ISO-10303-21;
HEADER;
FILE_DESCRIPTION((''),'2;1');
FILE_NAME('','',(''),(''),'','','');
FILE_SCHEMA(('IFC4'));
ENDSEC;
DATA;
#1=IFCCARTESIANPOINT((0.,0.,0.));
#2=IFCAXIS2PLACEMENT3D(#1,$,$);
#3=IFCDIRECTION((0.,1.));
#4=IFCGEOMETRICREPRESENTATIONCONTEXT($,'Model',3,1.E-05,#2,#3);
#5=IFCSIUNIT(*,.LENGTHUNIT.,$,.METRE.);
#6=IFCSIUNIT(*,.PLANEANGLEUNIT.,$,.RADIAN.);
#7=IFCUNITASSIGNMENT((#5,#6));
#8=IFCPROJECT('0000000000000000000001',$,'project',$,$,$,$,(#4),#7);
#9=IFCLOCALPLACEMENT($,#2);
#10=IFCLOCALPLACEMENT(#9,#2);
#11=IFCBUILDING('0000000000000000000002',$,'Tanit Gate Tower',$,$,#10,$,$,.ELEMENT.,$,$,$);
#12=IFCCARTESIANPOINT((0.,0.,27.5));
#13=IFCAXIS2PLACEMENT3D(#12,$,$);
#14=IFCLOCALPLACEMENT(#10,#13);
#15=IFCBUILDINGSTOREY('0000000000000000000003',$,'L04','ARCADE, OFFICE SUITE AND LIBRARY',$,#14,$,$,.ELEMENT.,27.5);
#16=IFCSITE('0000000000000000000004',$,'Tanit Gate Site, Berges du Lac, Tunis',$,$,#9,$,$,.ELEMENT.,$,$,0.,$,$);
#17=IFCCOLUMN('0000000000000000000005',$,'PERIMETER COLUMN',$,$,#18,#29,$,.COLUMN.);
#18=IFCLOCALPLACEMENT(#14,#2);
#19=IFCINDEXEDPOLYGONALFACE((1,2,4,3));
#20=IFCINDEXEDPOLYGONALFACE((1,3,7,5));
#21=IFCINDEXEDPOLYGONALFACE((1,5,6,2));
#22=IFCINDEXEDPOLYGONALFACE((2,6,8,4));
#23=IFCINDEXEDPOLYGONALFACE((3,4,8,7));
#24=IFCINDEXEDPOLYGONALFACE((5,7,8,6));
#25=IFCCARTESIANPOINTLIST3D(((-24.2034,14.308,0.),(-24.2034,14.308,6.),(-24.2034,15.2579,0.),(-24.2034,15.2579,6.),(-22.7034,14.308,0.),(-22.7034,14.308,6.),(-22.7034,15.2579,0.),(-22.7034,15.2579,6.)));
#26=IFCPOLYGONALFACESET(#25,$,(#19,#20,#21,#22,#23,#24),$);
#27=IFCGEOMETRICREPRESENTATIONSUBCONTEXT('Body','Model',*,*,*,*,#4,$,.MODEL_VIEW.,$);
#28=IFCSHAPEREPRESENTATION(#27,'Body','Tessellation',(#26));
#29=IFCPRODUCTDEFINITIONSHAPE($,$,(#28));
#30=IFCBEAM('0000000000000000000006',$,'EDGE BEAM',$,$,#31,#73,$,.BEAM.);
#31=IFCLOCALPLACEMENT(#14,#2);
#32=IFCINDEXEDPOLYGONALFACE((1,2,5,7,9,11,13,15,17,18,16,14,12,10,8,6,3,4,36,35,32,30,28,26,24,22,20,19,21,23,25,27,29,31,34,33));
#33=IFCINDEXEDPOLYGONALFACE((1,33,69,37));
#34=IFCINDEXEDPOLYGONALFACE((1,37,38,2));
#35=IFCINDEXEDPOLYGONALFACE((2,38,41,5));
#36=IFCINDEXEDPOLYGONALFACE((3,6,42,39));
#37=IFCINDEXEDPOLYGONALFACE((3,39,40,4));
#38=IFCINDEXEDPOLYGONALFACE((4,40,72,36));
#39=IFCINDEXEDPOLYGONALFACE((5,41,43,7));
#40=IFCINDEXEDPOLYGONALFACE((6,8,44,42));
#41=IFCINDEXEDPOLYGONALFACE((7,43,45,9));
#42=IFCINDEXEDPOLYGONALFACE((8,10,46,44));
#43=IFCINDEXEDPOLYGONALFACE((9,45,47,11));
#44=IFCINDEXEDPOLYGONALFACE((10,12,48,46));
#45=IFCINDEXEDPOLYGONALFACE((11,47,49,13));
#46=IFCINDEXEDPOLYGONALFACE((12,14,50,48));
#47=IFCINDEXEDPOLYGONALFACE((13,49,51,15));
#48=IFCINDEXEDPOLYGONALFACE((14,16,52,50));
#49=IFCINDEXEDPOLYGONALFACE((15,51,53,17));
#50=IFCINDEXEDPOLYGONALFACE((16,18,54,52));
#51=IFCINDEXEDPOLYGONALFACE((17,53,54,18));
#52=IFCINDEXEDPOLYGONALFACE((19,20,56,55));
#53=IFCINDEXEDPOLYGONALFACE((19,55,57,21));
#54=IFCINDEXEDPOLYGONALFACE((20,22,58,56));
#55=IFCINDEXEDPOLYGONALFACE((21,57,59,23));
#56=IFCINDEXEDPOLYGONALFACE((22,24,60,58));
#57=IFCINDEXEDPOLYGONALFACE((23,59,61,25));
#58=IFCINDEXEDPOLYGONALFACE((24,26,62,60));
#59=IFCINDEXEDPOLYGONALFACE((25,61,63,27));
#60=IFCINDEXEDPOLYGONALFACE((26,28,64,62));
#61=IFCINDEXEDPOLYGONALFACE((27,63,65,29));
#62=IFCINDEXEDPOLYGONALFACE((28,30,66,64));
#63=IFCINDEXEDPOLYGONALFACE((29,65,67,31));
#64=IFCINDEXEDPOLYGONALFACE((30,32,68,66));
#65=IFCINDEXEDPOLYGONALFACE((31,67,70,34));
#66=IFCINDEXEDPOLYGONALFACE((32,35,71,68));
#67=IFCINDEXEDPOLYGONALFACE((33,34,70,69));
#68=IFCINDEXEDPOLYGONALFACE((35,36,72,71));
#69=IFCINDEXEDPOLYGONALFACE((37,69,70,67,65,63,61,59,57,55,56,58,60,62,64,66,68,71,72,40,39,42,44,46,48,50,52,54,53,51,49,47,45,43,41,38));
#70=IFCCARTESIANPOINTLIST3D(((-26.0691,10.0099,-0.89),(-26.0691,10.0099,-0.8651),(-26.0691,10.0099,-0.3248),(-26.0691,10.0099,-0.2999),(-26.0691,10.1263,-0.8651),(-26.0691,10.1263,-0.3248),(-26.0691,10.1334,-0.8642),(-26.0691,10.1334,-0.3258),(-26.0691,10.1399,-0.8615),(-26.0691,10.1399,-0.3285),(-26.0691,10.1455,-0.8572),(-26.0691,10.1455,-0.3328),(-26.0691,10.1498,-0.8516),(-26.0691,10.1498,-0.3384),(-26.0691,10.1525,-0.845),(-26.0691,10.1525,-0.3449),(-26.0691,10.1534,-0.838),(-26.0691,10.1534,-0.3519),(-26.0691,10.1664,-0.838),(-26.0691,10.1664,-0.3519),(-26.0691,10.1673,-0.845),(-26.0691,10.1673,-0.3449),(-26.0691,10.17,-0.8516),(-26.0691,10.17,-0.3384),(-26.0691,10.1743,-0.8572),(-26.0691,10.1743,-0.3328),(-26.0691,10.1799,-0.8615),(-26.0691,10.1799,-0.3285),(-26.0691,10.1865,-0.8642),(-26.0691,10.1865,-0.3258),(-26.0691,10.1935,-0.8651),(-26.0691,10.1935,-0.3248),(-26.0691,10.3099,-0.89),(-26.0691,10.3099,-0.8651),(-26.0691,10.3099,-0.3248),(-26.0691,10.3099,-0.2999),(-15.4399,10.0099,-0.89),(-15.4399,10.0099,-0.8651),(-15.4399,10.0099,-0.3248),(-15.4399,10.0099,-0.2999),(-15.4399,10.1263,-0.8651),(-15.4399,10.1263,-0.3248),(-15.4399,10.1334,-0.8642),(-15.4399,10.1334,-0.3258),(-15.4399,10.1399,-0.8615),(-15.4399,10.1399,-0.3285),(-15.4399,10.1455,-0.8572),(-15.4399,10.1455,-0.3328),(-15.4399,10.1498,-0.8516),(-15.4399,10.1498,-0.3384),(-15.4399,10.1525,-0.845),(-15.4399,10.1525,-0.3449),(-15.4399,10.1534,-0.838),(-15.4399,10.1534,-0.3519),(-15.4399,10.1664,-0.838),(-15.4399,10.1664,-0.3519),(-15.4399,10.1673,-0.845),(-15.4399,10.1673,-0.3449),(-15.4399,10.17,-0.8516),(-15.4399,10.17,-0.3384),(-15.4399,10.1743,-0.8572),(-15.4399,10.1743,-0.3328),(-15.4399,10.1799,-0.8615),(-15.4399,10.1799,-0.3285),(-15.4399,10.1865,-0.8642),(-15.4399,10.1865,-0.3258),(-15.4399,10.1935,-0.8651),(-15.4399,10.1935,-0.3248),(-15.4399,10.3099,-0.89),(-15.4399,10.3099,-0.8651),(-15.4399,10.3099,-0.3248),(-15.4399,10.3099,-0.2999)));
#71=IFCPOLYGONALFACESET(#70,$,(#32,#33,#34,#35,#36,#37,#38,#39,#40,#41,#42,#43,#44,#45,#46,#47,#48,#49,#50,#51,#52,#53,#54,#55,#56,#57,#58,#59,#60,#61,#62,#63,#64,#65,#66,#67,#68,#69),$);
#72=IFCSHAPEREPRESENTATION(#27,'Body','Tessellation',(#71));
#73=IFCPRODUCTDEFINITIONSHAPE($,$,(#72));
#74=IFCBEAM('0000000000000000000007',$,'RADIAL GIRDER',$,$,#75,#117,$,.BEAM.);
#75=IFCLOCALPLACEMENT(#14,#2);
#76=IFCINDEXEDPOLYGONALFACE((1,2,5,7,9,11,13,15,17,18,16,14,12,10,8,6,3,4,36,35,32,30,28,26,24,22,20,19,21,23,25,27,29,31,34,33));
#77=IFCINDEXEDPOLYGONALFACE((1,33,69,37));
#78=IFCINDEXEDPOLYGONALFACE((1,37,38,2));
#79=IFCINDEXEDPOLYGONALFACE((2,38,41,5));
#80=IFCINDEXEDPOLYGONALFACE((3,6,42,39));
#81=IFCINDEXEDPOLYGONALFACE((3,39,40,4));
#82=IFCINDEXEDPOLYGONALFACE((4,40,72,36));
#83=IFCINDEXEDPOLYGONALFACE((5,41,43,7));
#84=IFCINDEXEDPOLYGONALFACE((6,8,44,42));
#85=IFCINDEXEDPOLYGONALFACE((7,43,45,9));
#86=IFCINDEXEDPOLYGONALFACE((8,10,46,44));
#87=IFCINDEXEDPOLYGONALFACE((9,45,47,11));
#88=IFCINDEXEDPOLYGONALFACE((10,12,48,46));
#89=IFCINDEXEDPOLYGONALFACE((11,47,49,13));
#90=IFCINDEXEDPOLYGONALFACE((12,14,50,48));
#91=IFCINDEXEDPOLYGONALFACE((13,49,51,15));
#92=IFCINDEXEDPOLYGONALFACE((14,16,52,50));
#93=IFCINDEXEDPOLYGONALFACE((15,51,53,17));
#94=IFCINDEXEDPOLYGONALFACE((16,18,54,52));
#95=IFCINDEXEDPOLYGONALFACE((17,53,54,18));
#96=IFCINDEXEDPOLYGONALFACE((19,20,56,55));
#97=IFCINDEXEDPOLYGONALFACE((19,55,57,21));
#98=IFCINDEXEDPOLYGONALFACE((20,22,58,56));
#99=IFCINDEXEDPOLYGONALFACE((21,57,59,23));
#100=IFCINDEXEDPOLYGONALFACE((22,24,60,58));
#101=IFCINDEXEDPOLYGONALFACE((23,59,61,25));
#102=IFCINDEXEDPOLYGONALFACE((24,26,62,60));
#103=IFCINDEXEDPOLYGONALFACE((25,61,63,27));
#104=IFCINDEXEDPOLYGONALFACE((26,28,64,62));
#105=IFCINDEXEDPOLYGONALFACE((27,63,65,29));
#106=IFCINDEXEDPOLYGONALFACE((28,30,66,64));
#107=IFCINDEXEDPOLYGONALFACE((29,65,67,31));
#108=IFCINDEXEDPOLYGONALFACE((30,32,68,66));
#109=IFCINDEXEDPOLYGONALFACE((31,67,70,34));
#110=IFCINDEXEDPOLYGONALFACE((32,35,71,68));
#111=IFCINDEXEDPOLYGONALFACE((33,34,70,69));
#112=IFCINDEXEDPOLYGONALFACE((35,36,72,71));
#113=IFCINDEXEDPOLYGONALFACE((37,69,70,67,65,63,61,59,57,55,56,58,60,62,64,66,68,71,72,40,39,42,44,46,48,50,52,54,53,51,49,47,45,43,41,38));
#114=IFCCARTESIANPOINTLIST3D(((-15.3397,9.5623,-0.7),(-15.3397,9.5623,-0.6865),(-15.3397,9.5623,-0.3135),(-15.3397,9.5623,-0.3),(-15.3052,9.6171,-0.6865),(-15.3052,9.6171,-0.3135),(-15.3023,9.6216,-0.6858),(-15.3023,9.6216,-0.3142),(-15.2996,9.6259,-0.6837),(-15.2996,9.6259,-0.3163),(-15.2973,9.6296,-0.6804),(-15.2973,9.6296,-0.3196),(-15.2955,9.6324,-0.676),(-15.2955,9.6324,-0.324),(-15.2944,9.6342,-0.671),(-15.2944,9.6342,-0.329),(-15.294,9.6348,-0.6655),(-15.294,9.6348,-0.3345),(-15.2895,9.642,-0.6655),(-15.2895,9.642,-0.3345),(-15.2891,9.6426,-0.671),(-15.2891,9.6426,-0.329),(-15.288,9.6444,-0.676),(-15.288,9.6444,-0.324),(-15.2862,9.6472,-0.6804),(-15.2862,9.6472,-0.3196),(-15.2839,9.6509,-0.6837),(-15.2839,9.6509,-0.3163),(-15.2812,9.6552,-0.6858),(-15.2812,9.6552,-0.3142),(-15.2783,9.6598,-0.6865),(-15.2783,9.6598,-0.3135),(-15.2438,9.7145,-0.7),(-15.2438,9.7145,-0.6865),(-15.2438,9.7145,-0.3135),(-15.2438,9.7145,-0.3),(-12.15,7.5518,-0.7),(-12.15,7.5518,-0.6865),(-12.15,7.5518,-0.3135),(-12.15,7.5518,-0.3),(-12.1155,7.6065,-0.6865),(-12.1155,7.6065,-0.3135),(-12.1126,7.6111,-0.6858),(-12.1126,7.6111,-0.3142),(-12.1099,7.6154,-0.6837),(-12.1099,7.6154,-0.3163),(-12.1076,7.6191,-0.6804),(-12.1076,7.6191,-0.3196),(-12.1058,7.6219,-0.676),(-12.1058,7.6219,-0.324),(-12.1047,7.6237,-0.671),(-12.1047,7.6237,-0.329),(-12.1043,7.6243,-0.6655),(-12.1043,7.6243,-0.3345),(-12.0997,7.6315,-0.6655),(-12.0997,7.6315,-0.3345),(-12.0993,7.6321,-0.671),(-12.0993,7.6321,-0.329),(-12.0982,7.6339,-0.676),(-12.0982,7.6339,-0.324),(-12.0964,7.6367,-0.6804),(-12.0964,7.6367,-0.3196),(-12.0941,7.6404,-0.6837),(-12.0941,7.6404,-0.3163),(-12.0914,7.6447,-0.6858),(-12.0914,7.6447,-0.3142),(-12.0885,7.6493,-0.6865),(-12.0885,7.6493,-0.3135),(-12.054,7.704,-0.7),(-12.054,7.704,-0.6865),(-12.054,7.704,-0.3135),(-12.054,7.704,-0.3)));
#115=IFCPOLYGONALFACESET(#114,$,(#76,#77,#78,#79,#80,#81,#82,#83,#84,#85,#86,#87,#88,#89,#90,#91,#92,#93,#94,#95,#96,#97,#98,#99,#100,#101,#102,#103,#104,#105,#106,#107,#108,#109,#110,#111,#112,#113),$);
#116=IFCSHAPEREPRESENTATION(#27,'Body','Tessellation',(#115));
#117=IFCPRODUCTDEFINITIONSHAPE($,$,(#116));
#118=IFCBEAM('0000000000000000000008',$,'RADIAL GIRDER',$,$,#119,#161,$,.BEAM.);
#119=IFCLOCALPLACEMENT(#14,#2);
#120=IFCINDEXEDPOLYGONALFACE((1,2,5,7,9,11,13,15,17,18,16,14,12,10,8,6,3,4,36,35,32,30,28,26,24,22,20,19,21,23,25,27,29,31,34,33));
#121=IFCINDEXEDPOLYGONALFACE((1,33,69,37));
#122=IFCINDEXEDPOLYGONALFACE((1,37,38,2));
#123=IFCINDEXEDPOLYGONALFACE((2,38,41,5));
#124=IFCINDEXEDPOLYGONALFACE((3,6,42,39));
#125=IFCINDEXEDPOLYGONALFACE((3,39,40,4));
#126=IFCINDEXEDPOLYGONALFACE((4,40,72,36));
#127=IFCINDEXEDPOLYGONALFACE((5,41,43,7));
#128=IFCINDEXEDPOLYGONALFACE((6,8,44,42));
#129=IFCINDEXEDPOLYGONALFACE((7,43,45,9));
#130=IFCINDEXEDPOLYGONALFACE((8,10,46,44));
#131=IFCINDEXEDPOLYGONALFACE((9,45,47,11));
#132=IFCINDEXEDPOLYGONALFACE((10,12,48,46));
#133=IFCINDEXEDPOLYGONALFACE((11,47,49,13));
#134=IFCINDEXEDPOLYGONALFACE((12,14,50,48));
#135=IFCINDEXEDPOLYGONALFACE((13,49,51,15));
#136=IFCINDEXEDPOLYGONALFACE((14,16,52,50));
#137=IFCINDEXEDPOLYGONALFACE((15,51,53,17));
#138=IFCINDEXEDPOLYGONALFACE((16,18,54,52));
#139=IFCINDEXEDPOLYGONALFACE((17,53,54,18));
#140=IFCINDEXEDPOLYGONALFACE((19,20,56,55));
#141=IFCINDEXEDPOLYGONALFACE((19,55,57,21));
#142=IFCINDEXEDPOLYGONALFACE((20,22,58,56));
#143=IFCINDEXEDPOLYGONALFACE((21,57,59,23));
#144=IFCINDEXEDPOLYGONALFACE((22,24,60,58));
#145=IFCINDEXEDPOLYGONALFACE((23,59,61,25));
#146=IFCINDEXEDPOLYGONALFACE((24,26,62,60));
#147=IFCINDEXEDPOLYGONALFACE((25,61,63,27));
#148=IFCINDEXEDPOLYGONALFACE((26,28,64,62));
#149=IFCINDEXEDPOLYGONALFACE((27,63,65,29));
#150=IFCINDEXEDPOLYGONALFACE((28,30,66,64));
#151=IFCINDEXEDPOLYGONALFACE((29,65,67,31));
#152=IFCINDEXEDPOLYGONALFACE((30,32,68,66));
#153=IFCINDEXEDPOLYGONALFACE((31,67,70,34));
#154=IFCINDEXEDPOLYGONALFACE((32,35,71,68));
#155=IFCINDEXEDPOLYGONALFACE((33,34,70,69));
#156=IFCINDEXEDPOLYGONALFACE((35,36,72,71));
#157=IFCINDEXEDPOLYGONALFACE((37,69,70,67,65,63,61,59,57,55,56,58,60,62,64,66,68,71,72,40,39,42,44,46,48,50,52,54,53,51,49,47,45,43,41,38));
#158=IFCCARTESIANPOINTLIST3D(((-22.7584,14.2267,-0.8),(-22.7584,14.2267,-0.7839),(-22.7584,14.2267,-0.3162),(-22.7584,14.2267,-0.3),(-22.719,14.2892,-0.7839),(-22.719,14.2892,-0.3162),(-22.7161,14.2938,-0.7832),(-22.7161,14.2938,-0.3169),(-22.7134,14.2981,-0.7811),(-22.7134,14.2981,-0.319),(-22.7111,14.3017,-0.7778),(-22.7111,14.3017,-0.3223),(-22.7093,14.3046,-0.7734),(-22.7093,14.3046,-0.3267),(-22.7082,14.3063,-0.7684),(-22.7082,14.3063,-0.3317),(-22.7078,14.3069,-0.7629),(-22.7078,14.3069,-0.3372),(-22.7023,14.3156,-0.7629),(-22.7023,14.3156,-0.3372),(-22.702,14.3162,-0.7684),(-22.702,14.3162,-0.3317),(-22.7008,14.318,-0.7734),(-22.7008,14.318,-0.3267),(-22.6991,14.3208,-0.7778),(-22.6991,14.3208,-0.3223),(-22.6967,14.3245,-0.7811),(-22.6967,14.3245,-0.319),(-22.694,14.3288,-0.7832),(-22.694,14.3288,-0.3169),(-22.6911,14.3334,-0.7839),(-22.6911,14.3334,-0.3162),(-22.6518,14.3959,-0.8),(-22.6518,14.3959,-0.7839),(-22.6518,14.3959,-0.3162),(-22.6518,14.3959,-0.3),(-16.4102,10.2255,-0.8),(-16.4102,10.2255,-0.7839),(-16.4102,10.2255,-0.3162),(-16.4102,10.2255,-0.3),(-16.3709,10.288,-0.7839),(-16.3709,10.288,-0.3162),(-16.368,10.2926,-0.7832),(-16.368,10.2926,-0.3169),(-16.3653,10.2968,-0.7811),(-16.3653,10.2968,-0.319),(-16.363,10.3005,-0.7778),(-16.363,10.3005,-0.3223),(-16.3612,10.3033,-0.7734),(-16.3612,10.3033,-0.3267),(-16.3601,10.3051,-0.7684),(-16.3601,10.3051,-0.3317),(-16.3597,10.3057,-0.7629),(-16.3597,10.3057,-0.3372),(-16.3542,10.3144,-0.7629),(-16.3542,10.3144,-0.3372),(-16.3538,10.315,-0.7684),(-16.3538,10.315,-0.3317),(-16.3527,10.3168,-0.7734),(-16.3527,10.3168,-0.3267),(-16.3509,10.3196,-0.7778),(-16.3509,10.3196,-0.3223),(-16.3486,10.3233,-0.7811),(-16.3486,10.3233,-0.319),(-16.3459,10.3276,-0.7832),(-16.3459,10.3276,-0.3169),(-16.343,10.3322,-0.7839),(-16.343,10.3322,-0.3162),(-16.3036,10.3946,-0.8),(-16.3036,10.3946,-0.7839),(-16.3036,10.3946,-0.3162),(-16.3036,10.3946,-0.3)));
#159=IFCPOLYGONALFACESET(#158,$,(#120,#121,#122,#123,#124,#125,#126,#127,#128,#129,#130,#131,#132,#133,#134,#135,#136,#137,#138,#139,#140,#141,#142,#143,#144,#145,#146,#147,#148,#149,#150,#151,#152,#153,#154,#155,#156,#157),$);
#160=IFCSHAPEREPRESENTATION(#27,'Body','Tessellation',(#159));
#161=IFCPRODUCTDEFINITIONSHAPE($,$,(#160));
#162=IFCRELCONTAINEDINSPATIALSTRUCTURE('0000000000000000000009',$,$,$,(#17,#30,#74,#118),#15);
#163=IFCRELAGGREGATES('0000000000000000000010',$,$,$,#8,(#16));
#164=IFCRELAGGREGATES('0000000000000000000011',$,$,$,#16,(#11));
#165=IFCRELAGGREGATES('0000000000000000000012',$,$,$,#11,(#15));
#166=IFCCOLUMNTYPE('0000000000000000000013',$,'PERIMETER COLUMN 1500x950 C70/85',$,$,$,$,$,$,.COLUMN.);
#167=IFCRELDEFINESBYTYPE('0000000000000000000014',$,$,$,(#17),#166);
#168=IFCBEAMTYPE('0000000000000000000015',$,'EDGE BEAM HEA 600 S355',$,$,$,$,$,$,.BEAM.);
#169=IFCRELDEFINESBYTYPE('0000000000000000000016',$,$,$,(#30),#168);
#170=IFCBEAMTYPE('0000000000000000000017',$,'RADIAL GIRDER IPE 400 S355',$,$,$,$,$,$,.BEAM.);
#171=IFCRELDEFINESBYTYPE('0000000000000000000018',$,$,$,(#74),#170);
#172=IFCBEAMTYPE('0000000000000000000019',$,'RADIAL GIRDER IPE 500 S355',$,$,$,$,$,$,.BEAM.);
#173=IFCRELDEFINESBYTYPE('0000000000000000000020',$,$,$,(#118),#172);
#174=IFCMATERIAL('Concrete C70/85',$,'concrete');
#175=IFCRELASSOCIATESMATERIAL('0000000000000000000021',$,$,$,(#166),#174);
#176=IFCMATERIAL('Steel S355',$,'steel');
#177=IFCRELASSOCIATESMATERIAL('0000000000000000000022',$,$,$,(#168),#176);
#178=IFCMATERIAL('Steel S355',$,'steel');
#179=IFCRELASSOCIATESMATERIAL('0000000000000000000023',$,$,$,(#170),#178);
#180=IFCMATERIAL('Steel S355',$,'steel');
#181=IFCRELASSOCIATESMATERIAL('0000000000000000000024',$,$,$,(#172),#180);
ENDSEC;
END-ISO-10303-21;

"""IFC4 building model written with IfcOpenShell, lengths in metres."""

from ifc_helpers import new_model, si_unit, direction, frame, origin, origin_2d, place, context, subcontext, project, spatial, rectangle, i_section, extrude, material, material_profile, profile_set, type_object, element, save


model = new_model("IFC4")

# Units and contexts
model_context = context("Model", 3, precision=1e-05, world=origin(), true_north=direction((0.0, 1.0)))
body_context = subcontext(model_context, "Body", "Model", "MODEL_VIEW")
ifc_project = project(units=[si_unit("LENGTHUNIT", "METRE"), si_unit("PLANEANGLEUNIT", "RADIAN")], contexts=[model_context])

# Site, building, storey
site_placement = place(None, origin())
site = spatial("IfcSite", under=ifc_project, at=site_placement, Name="Tanit Gate Site, Berges du Lac, Tunis", CompositionType="ELEMENT", RefElevation=0.0)
building_placement = place(site_placement, origin())
building = spatial("IfcBuilding", under=site, at=building_placement, Name="Tanit Gate Tower", CompositionType="ELEMENT")
storey_placement = place(building_placement, frame((0.0, 0.0, 27.5)))
storey = spatial("IfcBuildingStorey", under=building, at=storey_placement, Name="L04", Description="ARCADE, OFFICE SUITE AND LIBRARY", CompositionType="ELEMENT", Elevation=27.5)

# Column
ifc_material_1 = material(Name="Concrete C70/85", Category="concrete")
ifc_material_profile_1 = material_profile(ifc_material_1, rectangle(XDim=1.5, YDim=0.95, at=origin_2d()), Name="RC 1500x950")
ifc_profile_set_1 = profile_set([ifc_material_profile_1], Name="Concrete C70/85")
column_type = type_object("IfcColumnType", Name="PERIMETER COLUMN 1500x950 C70/85", PredefinedType="COLUMN", material=ifc_profile_set_1)
column_placement = place(storey_placement, frame((-23.4534, 14.783, 0.0), z_axis=(0.0, 0.0, 1.0), x_axis=(-1.0, 0.0, 0.0)))
element("IfcColumn", 1, at=column_placement, inside=storey, type_object=column_type, Name="PERIMETER COLUMN", PredefinedType="COLUMN", context=body_context, shape_type="SweptSolid", body=[
    extrude(rectangle(XDim=1.5, YDim=0.95, at=origin_2d()), origin(), (0.0, 0.0, 1.0), 6.0),
])

# Beams
ifc_material_2 = material(Name="Steel S355", Category="steel")
ifc_material_profile_2 = material_profile(ifc_material_2, i_section(OverallWidth=0.3, OverallDepth=0.5901, WebThickness=0.0129, FlangeThickness=0.0249, FilletRadius=0.0271, at=origin_2d()), Name="HEA 600")
ifc_profile_set_2 = profile_set([ifc_material_profile_2], Name="Steel S355")
beam_type_1 = type_object("IfcBeamType", Name="EDGE BEAM HEA 600 S355", PredefinedType="BEAM", material=ifc_profile_set_2)
beam_1_placement = place(storey_placement, frame((-15.4399, 10.1599, -0.595), z_axis=(-1.0, 0.0, 0.0), x_axis=(0.0, -1.0, 0.0)))
element("IfcBeam", 2, at=beam_1_placement, inside=storey, type_object=beam_type_1, Name="EDGE BEAM", PredefinedType="BEAM", context=body_context, shape_type="SweptSolid", body=[
    extrude(i_section(OverallWidth=0.3, OverallDepth=0.5901, WebThickness=0.0129, FlangeThickness=0.0249, FilletRadius=0.0271, at=origin_2d()), origin(), (0.0, 0.0, 1.0), 10.6292),
])
ifc_material_3 = material(Name="Steel S355", Category="steel")
ifc_material_profile_3 = material_profile(ifc_material_3, i_section(OverallWidth=0.1799, OverallDepth=0.3999, WebThickness=0.0085, FlangeThickness=0.0134, FilletRadius=0.021, at=origin_2d()), Name="IPE 400")
ifc_profile_set_3 = profile_set([ifc_material_profile_3], Name="Steel S355")
beam_type_2 = type_object("IfcBeamType", Name="RADIAL GIRDER IPE 400 S355", PredefinedType="BEAM", material=ifc_profile_set_3)
beam_2_placement = place(storey_placement, frame((-15.2917, 9.6384, -0.5), z_axis=(0.845973, -0.533225, 0.0), x_axis=(0.533225, 0.845973, 0.0)))
element("IfcBeam", 3, at=beam_2_placement, inside=storey, type_object=beam_type_2, Name="RADIAL GIRDER", PredefinedType="BEAM", context=body_context, shape_type="SweptSolid", body=[
    extrude(i_section(OverallWidth=0.1799, OverallDepth=0.3999, WebThickness=0.0085, FlangeThickness=0.0134, FilletRadius=0.021, at=origin_2d()), origin(), (0.0, 0.0, 1.0), 3.7705),
])
ifc_material_4 = material(Name="Steel S355", Category="steel")
ifc_material_profile_4 = material_profile(ifc_material_4, i_section(OverallWidth=0.2, OverallDepth=0.5, WebThickness=0.0103, FlangeThickness=0.0161, FilletRadius=0.021, at=origin_2d()), Name="IPE 500")
ifc_profile_set_4 = profile_set([ifc_material_profile_4], Name="Steel S355")
beam_type_3 = type_object("IfcBeamType", Name="RADIAL GIRDER IPE 500 S355", PredefinedType="BEAM", material=ifc_profile_set_4)
beam_3_placement = place(storey_placement, frame((-22.7051, 14.3113, -0.55), z_axis=(0.845978, -0.533218, 0.0), x_axis=(0.533218, 0.845978, 0.0)))
element("IfcBeam", 4, at=beam_3_placement, inside=storey, type_object=beam_type_3, Name="RADIAL GIRDER", PredefinedType="BEAM", context=body_context, shape_type="SweptSolid", body=[
    extrude(i_section(OverallWidth=0.2, OverallDepth=0.5, WebThickness=0.0103, FlangeThickness=0.0161, FilletRadius=0.021, at=origin_2d()), origin(), (0.0, 0.0, 1.0), 7.5039),
])

save(model, "model.ifc")
